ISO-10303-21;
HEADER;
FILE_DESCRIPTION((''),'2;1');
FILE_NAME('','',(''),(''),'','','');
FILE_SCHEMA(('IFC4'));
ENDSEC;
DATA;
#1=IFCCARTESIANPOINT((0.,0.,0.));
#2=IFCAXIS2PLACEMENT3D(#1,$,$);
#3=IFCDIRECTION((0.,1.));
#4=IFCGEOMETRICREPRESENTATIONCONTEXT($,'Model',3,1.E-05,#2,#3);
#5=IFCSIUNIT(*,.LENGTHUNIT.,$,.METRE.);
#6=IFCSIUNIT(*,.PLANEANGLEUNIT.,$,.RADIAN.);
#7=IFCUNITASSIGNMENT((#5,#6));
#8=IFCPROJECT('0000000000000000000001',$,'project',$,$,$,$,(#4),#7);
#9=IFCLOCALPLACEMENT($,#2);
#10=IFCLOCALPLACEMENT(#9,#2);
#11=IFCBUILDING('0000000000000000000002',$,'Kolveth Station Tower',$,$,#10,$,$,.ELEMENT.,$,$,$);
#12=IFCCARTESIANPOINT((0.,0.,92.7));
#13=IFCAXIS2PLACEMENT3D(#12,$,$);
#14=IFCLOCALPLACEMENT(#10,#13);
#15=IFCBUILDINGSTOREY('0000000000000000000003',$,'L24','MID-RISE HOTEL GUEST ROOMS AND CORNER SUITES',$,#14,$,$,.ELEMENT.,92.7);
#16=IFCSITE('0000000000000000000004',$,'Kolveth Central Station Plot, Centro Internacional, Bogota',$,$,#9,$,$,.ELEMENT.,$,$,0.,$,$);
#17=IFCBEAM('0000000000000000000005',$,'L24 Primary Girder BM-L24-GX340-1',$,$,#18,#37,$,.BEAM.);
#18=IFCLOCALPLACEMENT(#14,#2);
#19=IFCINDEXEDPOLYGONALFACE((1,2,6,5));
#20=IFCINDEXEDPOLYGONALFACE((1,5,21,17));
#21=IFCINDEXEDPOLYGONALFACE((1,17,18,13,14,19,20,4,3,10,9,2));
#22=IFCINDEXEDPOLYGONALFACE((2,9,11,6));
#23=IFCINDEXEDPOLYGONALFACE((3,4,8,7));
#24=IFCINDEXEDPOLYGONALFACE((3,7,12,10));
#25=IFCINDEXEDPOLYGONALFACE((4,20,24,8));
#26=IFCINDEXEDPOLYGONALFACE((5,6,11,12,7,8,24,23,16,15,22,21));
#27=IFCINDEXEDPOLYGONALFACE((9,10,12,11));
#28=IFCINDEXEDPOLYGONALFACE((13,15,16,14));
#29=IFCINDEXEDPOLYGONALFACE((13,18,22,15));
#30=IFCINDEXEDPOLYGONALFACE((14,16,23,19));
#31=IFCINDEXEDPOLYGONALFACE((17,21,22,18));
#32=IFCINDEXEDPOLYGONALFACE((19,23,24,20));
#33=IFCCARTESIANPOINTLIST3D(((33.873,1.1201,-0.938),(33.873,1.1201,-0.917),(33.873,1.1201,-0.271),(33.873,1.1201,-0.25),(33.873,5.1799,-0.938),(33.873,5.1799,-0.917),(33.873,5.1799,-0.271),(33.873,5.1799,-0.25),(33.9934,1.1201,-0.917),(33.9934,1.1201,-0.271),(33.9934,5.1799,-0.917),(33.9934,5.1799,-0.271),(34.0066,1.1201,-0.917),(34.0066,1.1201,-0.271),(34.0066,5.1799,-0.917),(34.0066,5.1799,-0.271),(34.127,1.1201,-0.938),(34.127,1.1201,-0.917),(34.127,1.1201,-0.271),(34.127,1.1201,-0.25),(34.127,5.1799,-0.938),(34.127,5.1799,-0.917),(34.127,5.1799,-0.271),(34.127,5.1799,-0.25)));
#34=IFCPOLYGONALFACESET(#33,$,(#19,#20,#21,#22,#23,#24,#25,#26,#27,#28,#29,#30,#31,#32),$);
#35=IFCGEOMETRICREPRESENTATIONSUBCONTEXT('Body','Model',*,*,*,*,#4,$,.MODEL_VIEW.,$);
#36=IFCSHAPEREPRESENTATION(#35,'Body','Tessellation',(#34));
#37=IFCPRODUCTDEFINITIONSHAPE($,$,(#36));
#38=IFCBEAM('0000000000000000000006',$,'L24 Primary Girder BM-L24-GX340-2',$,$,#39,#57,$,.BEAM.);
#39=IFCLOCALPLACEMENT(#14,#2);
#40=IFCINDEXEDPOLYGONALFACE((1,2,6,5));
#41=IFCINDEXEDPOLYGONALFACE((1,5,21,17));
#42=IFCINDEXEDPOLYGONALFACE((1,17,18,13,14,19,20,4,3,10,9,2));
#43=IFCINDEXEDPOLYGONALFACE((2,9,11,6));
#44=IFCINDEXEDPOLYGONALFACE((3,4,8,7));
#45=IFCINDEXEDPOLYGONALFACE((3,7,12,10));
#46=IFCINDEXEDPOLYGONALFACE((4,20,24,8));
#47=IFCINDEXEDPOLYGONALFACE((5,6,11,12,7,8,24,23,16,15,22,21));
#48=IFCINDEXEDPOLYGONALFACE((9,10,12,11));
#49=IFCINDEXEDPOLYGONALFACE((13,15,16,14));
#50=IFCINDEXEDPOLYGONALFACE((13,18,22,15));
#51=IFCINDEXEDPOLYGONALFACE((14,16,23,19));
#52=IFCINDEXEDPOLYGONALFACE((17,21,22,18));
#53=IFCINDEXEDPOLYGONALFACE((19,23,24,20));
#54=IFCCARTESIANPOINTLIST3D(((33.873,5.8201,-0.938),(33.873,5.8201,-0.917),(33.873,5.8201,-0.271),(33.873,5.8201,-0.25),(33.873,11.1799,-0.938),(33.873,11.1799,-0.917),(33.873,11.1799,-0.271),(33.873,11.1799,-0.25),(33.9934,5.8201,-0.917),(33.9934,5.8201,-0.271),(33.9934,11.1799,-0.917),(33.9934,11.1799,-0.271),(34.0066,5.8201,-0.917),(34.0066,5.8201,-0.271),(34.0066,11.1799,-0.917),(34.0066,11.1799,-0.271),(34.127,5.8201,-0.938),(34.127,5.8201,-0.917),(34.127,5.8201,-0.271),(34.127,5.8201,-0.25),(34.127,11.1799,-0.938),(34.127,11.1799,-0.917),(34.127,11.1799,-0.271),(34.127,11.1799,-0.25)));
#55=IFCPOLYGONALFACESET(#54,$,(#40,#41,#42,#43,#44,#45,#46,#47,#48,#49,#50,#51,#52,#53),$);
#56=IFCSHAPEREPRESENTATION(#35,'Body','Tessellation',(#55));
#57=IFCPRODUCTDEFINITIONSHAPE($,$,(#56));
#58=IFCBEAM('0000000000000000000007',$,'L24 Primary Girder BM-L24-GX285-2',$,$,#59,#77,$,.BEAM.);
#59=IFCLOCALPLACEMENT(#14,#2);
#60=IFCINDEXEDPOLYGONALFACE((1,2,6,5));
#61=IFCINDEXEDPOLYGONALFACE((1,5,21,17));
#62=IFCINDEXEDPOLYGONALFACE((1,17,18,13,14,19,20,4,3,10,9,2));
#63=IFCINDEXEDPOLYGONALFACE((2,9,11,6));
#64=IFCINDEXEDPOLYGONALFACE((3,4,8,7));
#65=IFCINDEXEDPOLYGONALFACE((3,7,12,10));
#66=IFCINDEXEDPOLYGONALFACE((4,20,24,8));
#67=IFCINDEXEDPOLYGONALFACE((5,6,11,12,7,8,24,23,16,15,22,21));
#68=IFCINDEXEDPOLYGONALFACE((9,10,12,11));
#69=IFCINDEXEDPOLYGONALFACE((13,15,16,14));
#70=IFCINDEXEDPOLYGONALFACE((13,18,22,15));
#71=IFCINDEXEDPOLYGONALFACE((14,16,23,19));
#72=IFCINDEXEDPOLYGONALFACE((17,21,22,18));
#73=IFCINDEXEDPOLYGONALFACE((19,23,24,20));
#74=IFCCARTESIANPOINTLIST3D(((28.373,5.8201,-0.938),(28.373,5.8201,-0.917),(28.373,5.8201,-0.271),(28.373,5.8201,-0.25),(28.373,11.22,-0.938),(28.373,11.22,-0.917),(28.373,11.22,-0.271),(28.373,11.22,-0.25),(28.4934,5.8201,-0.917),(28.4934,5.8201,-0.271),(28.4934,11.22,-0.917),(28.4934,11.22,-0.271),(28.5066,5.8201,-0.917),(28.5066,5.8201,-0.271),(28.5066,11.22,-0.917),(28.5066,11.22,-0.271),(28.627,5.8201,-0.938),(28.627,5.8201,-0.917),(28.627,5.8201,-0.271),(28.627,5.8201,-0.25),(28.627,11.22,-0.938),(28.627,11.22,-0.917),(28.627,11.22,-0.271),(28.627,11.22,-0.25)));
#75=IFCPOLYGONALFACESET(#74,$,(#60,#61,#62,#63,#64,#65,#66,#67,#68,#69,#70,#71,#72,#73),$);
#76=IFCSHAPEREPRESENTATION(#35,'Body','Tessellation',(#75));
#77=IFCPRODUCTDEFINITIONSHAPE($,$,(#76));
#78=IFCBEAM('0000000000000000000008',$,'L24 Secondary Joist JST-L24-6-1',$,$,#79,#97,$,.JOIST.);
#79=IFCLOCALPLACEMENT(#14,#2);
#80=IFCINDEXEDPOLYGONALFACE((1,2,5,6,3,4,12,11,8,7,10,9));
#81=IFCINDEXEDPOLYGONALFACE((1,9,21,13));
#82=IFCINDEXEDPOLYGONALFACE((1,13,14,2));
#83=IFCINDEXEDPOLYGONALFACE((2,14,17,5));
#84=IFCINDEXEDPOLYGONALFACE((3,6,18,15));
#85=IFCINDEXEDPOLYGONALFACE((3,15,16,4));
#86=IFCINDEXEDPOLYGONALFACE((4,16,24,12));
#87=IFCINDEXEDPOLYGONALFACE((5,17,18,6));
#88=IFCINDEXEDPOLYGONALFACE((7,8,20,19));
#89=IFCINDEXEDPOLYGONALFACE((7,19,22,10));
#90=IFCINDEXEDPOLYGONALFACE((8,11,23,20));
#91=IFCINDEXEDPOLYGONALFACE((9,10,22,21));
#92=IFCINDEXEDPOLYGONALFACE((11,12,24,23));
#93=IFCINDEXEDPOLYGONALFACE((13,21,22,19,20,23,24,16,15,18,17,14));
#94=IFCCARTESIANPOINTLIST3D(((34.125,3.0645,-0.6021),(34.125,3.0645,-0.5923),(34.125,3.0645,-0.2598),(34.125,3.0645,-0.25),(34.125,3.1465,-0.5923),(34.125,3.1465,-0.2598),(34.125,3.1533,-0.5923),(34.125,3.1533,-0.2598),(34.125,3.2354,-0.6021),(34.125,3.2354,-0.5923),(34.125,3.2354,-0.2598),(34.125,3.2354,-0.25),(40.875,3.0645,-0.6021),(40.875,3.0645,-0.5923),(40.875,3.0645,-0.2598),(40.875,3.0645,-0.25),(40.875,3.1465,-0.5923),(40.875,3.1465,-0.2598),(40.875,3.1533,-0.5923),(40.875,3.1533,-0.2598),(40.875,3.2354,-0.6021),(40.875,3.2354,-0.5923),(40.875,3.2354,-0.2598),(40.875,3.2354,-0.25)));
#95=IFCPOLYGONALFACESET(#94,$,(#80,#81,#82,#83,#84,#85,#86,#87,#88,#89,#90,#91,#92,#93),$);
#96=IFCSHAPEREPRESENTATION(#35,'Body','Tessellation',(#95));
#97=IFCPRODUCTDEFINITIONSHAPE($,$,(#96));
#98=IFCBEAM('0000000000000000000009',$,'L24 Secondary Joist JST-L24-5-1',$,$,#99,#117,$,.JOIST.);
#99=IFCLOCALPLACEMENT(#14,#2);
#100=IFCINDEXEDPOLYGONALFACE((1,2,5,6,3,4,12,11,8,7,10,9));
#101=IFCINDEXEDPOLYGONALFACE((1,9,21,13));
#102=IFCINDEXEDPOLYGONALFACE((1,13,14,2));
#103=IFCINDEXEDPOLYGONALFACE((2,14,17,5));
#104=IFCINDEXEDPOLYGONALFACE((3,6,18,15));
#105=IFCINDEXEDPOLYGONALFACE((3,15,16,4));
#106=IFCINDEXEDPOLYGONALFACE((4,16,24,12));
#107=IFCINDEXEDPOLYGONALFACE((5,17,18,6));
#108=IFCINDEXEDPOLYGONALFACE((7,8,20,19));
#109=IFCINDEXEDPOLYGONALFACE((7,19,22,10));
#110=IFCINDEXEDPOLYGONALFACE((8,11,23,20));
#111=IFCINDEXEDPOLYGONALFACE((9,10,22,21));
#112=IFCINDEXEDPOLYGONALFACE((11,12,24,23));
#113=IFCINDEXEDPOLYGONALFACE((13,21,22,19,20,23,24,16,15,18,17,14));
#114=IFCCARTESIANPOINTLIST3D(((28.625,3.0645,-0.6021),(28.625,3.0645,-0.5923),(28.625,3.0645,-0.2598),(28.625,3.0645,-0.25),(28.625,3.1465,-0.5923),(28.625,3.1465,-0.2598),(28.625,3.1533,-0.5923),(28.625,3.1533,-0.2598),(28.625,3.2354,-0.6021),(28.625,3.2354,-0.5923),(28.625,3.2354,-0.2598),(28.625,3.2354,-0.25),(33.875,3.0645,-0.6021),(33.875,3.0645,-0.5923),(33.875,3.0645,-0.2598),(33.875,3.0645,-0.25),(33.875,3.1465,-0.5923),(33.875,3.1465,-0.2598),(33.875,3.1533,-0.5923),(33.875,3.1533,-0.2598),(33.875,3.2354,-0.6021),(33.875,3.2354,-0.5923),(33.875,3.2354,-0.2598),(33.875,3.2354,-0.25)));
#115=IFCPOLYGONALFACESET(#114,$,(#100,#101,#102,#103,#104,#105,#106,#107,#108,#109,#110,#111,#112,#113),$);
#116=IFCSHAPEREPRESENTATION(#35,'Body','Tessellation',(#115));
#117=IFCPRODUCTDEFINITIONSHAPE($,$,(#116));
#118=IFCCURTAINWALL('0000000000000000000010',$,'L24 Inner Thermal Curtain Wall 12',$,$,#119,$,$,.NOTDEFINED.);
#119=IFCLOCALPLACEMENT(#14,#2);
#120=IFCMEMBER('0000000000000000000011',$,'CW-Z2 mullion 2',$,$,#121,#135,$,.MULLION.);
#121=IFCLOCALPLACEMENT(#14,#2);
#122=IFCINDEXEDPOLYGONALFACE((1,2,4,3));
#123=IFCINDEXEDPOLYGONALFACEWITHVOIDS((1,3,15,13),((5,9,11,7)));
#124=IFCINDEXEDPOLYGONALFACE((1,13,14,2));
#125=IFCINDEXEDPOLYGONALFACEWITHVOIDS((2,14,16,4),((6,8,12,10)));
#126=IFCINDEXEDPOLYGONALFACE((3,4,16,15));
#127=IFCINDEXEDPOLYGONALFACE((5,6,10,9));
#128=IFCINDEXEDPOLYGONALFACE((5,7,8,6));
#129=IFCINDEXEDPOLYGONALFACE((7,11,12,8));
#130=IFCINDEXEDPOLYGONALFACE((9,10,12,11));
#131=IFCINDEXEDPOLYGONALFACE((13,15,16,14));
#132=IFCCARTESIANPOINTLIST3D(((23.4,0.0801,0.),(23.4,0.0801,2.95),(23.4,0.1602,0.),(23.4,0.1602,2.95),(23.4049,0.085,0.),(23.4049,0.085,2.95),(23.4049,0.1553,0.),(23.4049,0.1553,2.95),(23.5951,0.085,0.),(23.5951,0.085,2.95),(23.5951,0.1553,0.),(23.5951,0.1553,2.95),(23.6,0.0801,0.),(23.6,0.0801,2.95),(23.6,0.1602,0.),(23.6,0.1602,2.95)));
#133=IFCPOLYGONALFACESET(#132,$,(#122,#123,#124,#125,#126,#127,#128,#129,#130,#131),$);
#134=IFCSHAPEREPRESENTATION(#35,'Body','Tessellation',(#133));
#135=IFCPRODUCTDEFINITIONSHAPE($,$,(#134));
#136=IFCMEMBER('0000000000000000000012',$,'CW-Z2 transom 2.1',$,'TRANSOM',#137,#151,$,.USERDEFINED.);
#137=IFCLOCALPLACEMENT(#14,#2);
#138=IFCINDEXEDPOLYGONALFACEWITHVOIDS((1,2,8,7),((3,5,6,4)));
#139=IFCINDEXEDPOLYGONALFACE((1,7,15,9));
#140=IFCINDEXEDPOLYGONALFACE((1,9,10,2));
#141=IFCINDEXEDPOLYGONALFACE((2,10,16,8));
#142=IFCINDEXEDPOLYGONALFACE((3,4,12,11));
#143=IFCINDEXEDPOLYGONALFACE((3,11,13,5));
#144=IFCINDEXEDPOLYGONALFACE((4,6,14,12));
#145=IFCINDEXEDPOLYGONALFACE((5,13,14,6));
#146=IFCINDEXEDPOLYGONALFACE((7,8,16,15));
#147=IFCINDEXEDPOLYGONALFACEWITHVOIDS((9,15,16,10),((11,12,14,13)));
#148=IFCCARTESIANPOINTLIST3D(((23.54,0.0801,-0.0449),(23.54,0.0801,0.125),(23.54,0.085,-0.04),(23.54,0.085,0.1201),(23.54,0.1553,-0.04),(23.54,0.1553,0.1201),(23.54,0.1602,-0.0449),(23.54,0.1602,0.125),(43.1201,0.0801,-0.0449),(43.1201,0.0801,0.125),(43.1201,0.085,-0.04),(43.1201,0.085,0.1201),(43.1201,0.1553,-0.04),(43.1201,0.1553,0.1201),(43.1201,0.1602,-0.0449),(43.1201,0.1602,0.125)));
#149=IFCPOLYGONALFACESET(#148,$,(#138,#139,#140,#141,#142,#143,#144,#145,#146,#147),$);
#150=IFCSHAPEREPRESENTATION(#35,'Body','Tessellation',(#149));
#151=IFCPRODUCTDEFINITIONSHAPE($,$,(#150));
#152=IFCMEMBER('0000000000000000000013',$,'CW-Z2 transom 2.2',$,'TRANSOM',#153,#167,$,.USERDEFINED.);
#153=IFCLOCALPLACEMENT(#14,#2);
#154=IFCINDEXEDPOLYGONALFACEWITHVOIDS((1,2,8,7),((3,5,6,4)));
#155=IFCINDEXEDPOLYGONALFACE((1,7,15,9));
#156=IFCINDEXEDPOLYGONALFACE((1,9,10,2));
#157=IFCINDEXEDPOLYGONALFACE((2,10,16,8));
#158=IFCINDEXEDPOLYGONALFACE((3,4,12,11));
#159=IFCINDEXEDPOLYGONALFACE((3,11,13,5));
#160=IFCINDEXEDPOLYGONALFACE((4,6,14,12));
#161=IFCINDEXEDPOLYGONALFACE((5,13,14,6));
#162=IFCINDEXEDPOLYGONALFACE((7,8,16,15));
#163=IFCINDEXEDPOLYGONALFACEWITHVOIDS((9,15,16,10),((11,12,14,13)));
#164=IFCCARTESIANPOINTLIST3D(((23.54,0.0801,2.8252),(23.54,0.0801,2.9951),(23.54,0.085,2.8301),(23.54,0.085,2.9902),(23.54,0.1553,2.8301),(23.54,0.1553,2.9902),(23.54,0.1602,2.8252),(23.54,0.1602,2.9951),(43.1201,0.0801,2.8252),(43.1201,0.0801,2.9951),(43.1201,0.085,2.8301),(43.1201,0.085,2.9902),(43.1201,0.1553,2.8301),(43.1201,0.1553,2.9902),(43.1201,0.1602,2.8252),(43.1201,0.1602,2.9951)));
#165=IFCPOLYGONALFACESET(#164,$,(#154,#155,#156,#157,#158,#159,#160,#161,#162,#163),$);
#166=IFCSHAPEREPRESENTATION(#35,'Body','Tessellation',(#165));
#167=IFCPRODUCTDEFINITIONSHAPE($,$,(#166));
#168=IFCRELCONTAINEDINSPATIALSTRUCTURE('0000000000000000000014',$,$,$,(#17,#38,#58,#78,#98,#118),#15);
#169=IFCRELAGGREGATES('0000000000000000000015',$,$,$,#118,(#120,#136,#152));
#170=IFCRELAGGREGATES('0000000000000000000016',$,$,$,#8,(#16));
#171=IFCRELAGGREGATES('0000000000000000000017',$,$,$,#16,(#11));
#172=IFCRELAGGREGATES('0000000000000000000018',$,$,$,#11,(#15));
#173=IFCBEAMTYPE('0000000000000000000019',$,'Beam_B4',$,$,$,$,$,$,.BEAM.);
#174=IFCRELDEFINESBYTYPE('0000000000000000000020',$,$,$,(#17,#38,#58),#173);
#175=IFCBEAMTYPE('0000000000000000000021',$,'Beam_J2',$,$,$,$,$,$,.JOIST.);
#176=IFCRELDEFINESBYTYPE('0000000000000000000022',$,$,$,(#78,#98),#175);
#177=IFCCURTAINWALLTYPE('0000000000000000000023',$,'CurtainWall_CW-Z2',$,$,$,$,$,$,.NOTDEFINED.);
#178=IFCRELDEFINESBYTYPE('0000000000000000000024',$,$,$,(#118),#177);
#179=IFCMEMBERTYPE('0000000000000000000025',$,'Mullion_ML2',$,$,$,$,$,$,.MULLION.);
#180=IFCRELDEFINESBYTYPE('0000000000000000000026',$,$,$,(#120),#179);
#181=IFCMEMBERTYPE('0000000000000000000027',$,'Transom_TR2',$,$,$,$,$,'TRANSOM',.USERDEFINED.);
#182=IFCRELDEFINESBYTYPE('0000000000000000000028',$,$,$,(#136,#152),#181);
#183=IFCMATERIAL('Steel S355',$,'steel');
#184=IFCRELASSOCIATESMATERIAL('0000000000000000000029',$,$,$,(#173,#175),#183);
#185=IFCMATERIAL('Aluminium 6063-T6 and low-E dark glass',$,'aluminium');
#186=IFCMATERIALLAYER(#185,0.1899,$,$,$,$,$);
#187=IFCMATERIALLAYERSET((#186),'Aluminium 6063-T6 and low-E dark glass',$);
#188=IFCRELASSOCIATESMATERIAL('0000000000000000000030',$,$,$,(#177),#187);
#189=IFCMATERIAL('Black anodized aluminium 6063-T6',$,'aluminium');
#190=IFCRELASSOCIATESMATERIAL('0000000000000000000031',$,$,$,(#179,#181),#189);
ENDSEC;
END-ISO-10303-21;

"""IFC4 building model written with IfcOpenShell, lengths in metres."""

from ifc_helpers import new_model, si_unit, direction, frame, origin, origin_2d, place, context, subcontext, project, spatial, hollow_rectangle, i_section, extrude, source, transform, mapped, material, layer, layer_set, material_profile, profile_set, type_object, element, aggregate, save


model = new_model("IFC4")

# Units and contexts
model_context = context("Model", 3, precision=1e-05, world=origin(), true_north=direction((0.0, 1.0)))
body_context = subcontext(model_context, "Body", "Model", "MODEL_VIEW")
ifc_project = project(units=[si_unit("LENGTHUNIT", "METRE"), si_unit("PLANEANGLEUNIT", "RADIAN")], contexts=[model_context])

# Site, building, storey
site_placement = place(None, origin())
site = spatial("IfcSite", under=ifc_project, at=site_placement, Name="Kolveth Central Station Plot, Centro Internacional, Bogota", CompositionType="ELEMENT", RefElevation=0.0)
building_placement = place(site_placement, origin())
building = spatial("IfcBuilding", under=site, at=building_placement, Name="Kolveth Station Tower", CompositionType="ELEMENT")
storey_placement = place(building_placement, frame((0.0, 0.0, 92.7)))
storey = spatial("IfcBuildingStorey", under=building, at=storey_placement, Name="L24", Description="MID-RISE HOTEL GUEST ROOMS AND CORNER SUITES", CompositionType="ELEMENT", Elevation=92.7)

# Beams
ifc_material_1 = material(Name="Steel S355", Category="steel")
ifc_material_profile_1 = material_profile(ifc_material_1, i_section(OverallWidth=0.2539, OverallDepth=0.688, WebThickness=0.0132, FlangeThickness=0.021, at=origin_2d()), Name="W690x152")
ifc_profile_set_1 = profile_set([ifc_material_profile_1], Name="Steel S355")
beam_type_1 = type_object("IfcBeamType", Name="Beam_B4", PredefinedType="BEAM", material=ifc_profile_set_1)
shared_shape_1 = source(origin(), body_context, "Body", "SweptSolid", [
    extrude(i_section(OverallWidth=0.2539, OverallDepth=0.688, WebThickness=0.0132, FlangeThickness=0.021, at=origin_2d()), origin(), (0.0, 0.0, 1.0), 4.0598),
])
for number, where, z_axis, x_axis, name in (
    (1, (34.0, 1.1201, -0.594), (0.0, 1.0, 0.0), (-1.0, 0.0, 0.0), "L24 Primary Girder BM-L24-GX340-1"),
):
    element("IfcBeam", number, at=place(storey_placement, frame(where, z_axis=z_axis, x_axis=x_axis)), inside=storey, type_object=beam_type_1, Name=name, PredefinedType="BEAM", context=body_context, shape_type="MappedRepresentation", body=[
        mapped(shared_shape_1, transform((0.0, 0.0, 0.0), x_axis=(1.0, 0.0, 0.0), y_axis=(0.0, 1.0, 0.0), z_axis=(0.0, 0.0, 1.0), scale=1.0)),
    ])
shared_shape_2 = source(origin(), body_context, "Body", "SweptSolid", [
    extrude(i_section(OverallWidth=0.2539, OverallDepth=0.688, WebThickness=0.0132, FlangeThickness=0.021, at=origin_2d()), origin(), (0.0, 0.0, 1.0), 5.3599),
])
beam_1_placement = place(storey_placement, frame((34.0, 5.8201, -0.594), z_axis=(0.0, 1.0, 0.0), x_axis=(-1.0, 0.0, 0.0)))
element("IfcBeam", 2, at=beam_1_placement, inside=storey, type_object=beam_type_1, Name="L24 Primary Girder BM-L24-GX340-2", PredefinedType="BEAM", context=body_context, shape_type="MappedRepresentation", body=[
    mapped(shared_shape_2, transform((0.0, 0.0, 0.0), x_axis=(1.0, 0.0, 0.0), y_axis=(0.0, 1.0, 0.0), z_axis=(0.0, 0.0, 1.0), scale=1.0)),
])
shared_shape_3 = source(origin(), body_context, "Body", "SweptSolid", [
    extrude(i_section(OverallWidth=0.2539, OverallDepth=0.688, WebThickness=0.0132, FlangeThickness=0.021, at=origin_2d()), origin(), (0.0, 0.0, 1.0), 5.3999),
])
beam_2_placement = place(storey_placement, frame((28.5, 5.8201, -0.594), z_axis=(0.0, 1.0, 0.0), x_axis=(-1.0, 0.0, 0.0)))
element("IfcBeam", 3, at=beam_2_placement, inside=storey, type_object=beam_type_1, Name="L24 Primary Girder BM-L24-GX285-2", PredefinedType="BEAM", context=body_context, shape_type="MappedRepresentation", body=[
    mapped(shared_shape_3, transform((0.0, 0.0, 0.0), x_axis=(1.0, 0.0, 0.0), y_axis=(0.0, 1.0, 0.0), z_axis=(0.0, 0.0, 1.0), scale=1.0)),
])
ifc_material_profile_2 = material_profile(ifc_material_1, i_section(OverallWidth=0.1709, OverallDepth=0.3521, WebThickness=0.0068, FlangeThickness=0.0098, at=origin_2d()), Name="W360x44")
ifc_profile_set_2 = profile_set([ifc_material_profile_2], Name="Steel S355")
beam_type_2 = type_object("IfcBeamType", Name="Beam_J2", PredefinedType="JOIST", material=ifc_profile_set_2)
shared_shape_4 = source(origin(), body_context, "Body", "SweptSolid", [
    extrude(i_section(OverallWidth=0.1709, OverallDepth=0.3521, WebThickness=0.0068, FlangeThickness=0.0098, at=origin_2d()), origin(), (0.0, 0.0, 1.0), 6.75),
])
beam_3_placement = place(storey_placement, frame((34.125, 3.1499, -0.426), z_axis=(1.0, 0.0, 0.0), x_axis=(0.0, 1.0, 0.0)))
element("IfcBeam", 4, at=beam_3_placement, inside=storey, type_object=beam_type_2, Name="L24 Secondary Joist JST-L24-6-1", PredefinedType="JOIST", context=body_context, shape_type="MappedRepresentation", body=[
    mapped(shared_shape_4, transform((0.0, 0.0, 0.0), x_axis=(1.0, 0.0, 0.0), y_axis=(0.0, 1.0, 0.0), z_axis=(0.0, 0.0, 1.0), scale=1.0)),
])
shared_shape_5 = source(origin(), body_context, "Body", "SweptSolid", [
    extrude(i_section(OverallWidth=0.1709, OverallDepth=0.3521, WebThickness=0.0068, FlangeThickness=0.0098, at=origin_2d()), origin(), (0.0, 0.0, 1.0), 5.25),
])
beam_4_placement = place(storey_placement, frame((28.625, 3.1499, -0.426), z_axis=(1.0, 0.0, 0.0), x_axis=(0.0, 1.0, 0.0)))
element("IfcBeam", 5, at=beam_4_placement, inside=storey, type_object=beam_type_2, Name="L24 Secondary Joist JST-L24-5-1", PredefinedType="JOIST", context=body_context, shape_type="MappedRepresentation", body=[
    mapped(shared_shape_5, transform((0.0, 0.0, 0.0), x_axis=(1.0, 0.0, 0.0), y_axis=(0.0, 1.0, 0.0), z_axis=(0.0, 0.0, 1.0), scale=1.0)),
])

# Curtain wall, members
ifc_material_2 = material(Name="Aluminium 6063-T6 and low-E dark glass", Category="aluminium")
ifc_layer_1 = layer(ifc_material_2, 0.1899)
ifc_layer_set_1 = layer_set([ifc_layer_1], Name="Aluminium 6063-T6 and low-E dark glass")
curtain_wall_type_1 = type_object("IfcCurtainWallType", Name="CurtainWall_CW-Z2", PredefinedType="NOTDEFINED", material=ifc_layer_set_1)
curtain_wall_1_placement = place(storey_placement, origin())
curtain_wall_1 = element("IfcCurtainWall", 6, at=curtain_wall_1_placement, inside=storey, type_object=curtain_wall_type_1, Name="L24 Inner Thermal Curtain Wall 12", PredefinedType="NOTDEFINED")
ifc_material_3 = material(Name="Black anodized aluminium 6063-T6", Category="aluminium")
ifc_material_profile_3 = material_profile(ifc_material_3, hollow_rectangle(XDim=0.0801, YDim=0.2, WallThickness=0.0049, at=origin_2d()), Name="ALU-80x200x5")
ifc_profile_set_3 = profile_set([ifc_material_profile_3], Name="Black anodized aluminium 6063-T6")
member_type_1 = type_object("IfcMemberType", Name="Mullion_ML2", PredefinedType="MULLION", material=ifc_profile_set_3)
shared_shape_6 = source(origin(), body_context, "Body", "SweptSolid", [
    extrude(hollow_rectangle(XDim=0.0801, YDim=0.2, WallThickness=0.0049, at=origin_2d()), origin(), (0.0, 0.0, 1.0), 2.95),
])
member_1_placement = place(storey_placement, frame((23.5, 0.1201, 0.0), z_axis=(0.0, 0.0, 1.0), x_axis=(0.0, 1.0, 0.0)))
member_1 = element("IfcMember", 7, at=member_1_placement, type_object=member_type_1, Name="CW-Z2 mullion 2", PredefinedType="MULLION", context=body_context, shape_type="MappedRepresentation", body=[
    mapped(shared_shape_6, transform((0.0, 0.0, 0.0), x_axis=(1.0, 0.0, 0.0), y_axis=(0.0, 1.0, 0.0), z_axis=(0.0, 0.0, 1.0), scale=1.0)),
])
ifc_material_profile_4 = material_profile(ifc_material_3, hollow_rectangle(XDim=0.0801, YDim=0.1699, WallThickness=0.0049, at=origin_2d()), Name="ALU-80x170x5")
ifc_profile_set_4 = profile_set([ifc_material_profile_4], Name="Black anodized aluminium 6063-T6")
member_type_2 = type_object("IfcMemberType", Name="Transom_TR2", ElementType="TRANSOM", PredefinedType="USERDEFINED", material=ifc_profile_set_4)
shared_shape_7 = source(origin(), body_context, "Body", "SweptSolid", [
    extrude(hollow_rectangle(XDim=0.0801, YDim=0.1699, WallThickness=0.0049, at=origin_2d()), origin(), (0.0, 0.0, 1.0), 19.5801),
])
member_2_placement = place(storey_placement, frame((23.54, 0.1201, 0.04), z_axis=(1.0, 0.0, 0.0), x_axis=(0.0, 1.0, 0.0)))
member_2 = element("IfcMember", 8, at=member_2_placement, type_object=member_type_2, Name="CW-Z2 transom 2.1", ObjectType="TRANSOM", PredefinedType="USERDEFINED", context=body_context, shape_type="MappedRepresentation", body=[
    mapped(shared_shape_7, transform((0.0, 0.0, 0.0), x_axis=(1.0, 0.0, 0.0), y_axis=(0.0, 1.0, 0.0), z_axis=(0.0, 0.0, 1.0), scale=1.0)),
])
member_3_placement = place(storey_placement, frame((23.54, 0.1201, 2.9102), z_axis=(1.0, 0.0, 0.0), x_axis=(0.0, 1.0, 0.0)))
member_3 = element("IfcMember", 9, at=member_3_placement, type_object=member_type_2, Name="CW-Z2 transom 2.2", ObjectType="TRANSOM", PredefinedType="USERDEFINED", context=body_context, shape_type="MappedRepresentation", body=[
    mapped(shared_shape_7, transform((0.0, 0.0, 0.0), x_axis=(1.0, 0.0, 0.0), y_axis=(0.0, 1.0, 0.0), z_axis=(0.0, 0.0, 1.0), scale=1.0)),
])
aggregate(curtain_wall_1, [member_1, member_2, member_3])

save(model, "model.ifc")
